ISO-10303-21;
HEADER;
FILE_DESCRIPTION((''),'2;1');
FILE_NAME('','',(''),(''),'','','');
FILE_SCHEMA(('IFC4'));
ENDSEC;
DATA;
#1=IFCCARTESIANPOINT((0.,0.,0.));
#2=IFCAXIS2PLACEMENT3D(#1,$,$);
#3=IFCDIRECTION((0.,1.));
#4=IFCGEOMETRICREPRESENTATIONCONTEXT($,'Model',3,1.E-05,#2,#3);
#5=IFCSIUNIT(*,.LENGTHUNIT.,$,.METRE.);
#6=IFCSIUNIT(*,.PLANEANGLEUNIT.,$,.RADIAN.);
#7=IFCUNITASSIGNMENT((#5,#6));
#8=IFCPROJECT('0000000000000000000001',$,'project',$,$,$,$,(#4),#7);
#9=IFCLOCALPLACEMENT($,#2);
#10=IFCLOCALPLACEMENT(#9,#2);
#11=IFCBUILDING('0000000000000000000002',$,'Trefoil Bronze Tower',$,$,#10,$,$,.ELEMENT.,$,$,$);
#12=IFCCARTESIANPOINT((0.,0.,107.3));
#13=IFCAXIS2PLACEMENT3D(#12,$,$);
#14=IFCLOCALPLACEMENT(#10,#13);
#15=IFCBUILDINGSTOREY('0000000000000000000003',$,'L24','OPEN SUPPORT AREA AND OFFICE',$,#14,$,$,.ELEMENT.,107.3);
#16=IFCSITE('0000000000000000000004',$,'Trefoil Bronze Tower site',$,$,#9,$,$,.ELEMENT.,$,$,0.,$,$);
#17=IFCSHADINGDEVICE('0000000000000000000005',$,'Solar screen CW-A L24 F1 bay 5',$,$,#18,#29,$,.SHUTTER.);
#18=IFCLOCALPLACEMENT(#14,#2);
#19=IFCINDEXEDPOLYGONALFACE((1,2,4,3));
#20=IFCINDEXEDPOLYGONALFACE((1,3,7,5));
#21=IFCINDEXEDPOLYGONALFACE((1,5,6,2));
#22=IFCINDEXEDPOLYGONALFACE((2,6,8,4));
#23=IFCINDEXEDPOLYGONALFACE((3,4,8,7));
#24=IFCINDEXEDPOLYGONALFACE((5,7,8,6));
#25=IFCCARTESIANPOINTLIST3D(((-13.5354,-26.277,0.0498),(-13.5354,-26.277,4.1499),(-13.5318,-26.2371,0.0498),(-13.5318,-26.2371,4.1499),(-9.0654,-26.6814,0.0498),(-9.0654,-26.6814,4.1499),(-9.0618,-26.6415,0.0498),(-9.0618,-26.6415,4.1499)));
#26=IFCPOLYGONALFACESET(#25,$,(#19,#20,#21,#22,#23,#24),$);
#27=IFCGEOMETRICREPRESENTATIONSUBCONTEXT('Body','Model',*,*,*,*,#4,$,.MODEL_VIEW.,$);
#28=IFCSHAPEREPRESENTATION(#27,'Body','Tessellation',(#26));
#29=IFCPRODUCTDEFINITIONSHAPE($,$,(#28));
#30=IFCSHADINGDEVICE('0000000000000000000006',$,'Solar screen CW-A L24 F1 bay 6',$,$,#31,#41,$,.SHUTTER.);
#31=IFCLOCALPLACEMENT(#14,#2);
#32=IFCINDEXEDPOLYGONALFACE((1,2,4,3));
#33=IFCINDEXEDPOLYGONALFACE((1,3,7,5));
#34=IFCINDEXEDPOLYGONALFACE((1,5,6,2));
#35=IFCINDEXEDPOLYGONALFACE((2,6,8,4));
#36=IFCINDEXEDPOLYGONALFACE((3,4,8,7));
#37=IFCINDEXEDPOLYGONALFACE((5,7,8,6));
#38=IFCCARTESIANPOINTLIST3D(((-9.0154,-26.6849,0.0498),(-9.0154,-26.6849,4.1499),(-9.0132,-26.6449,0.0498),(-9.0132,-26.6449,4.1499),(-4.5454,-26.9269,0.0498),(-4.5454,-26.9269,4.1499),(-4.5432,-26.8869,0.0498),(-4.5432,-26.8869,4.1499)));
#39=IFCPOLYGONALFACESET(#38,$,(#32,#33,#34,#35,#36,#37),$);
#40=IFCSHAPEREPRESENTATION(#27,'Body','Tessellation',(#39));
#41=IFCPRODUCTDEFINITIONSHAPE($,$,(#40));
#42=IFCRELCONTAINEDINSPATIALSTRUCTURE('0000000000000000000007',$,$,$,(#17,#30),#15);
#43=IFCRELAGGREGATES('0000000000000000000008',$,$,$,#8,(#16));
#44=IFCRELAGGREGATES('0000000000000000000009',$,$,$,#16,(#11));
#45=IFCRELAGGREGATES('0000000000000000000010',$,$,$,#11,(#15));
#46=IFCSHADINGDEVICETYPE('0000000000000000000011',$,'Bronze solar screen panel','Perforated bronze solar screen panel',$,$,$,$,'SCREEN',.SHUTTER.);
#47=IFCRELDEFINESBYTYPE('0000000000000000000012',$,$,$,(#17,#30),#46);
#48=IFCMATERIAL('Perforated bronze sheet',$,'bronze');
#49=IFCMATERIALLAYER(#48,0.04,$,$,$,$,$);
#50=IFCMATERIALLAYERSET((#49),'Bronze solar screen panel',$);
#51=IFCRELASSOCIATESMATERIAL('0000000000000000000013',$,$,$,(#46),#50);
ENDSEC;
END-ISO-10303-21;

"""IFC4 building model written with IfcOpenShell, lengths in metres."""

from ifc_helpers import new_model, si_unit, direction, frame, origin, origin_2d, place, context, subcontext, project, spatial, rectangle, extrude, material, layer, layer_set, type_object, element, save


model = new_model("IFC4")

# Units and contexts
model_context = context("Model", 3, precision=1e-05, world=origin(), true_north=direction((0.0, 1.0)))
body_context = subcontext(model_context, "Body", "Model", "MODEL_VIEW")
ifc_project = project(units=[si_unit("LENGTHUNIT", "METRE"), si_unit("PLANEANGLEUNIT", "RADIAN")], contexts=[model_context])

# Site, building, storey
site_placement = place(None, origin())
site = spatial("IfcSite", under=ifc_project, at=site_placement, Name="Trefoil Bronze Tower site", CompositionType="ELEMENT", RefElevation=0.0)
building_placement = place(site_placement, origin())
building = spatial("IfcBuilding", under=site, at=building_placement, Name="Trefoil Bronze Tower", CompositionType="ELEMENT")
storey_placement = place(building_placement, frame((0.0, 0.0, 107.3)))
storey = spatial("IfcBuildingStorey", under=building, at=storey_placement, Name="L24", Description="OPEN SUPPORT AREA AND OFFICE", CompositionType="ELEMENT", Elevation=107.3)

# Shading devices
ifc_material_1 = material(Name="Perforated bronze sheet", Category="bronze")
ifc_layer_1 = layer(ifc_material_1, 0.04)
ifc_layer_set_1 = layer_set([ifc_layer_1], Name="Bronze solar screen panel")
shading_device_type = type_object("IfcShadingDeviceType", Name="Bronze solar screen panel", Description="Perforated bronze solar screen panel", ElementType="SCREEN", PredefinedType="SHUTTER", material=ifc_layer_set_1)
shading_device_1_placement = place(storey_placement, frame((-11.2986, -26.4592, 0.0498), z_axis=(0.0, 0.0, 1.0), x_axis=(0.995932, -0.090105, 0.0)))
element("IfcShadingDevice", 1, at=shading_device_1_placement, inside=storey, type_object=shading_device_type, Name="Solar screen CW-A L24 F1 bay 5", PredefinedType="SHUTTER", context=body_context, shape_type="SweptSolid", body=[
    extrude(rectangle(XDim=4.4883, YDim=0.04, at=origin_2d()), origin(), (0.0, 0.0, 1.0), 4.1001),
])
shading_device_2_placement = place(storey_placement, frame((-6.7793, -26.7859, 0.0498), z_axis=(0.0, 0.0, 1.0), x_axis=(0.998538, -0.054063, 0.0)))
element("IfcShadingDevice", 2, at=shading_device_2_placement, inside=storey, type_object=shading_device_type, Name="Solar screen CW-A L24 F1 bay 6", PredefinedType="SHUTTER", context=body_context, shape_type="SweptSolid", body=[
    extrude(rectangle(XDim=4.4766, YDim=0.04, at=origin_2d()), origin(), (0.0, 0.0, 1.0), 4.1001),
])

save(model, "model.ifc")
